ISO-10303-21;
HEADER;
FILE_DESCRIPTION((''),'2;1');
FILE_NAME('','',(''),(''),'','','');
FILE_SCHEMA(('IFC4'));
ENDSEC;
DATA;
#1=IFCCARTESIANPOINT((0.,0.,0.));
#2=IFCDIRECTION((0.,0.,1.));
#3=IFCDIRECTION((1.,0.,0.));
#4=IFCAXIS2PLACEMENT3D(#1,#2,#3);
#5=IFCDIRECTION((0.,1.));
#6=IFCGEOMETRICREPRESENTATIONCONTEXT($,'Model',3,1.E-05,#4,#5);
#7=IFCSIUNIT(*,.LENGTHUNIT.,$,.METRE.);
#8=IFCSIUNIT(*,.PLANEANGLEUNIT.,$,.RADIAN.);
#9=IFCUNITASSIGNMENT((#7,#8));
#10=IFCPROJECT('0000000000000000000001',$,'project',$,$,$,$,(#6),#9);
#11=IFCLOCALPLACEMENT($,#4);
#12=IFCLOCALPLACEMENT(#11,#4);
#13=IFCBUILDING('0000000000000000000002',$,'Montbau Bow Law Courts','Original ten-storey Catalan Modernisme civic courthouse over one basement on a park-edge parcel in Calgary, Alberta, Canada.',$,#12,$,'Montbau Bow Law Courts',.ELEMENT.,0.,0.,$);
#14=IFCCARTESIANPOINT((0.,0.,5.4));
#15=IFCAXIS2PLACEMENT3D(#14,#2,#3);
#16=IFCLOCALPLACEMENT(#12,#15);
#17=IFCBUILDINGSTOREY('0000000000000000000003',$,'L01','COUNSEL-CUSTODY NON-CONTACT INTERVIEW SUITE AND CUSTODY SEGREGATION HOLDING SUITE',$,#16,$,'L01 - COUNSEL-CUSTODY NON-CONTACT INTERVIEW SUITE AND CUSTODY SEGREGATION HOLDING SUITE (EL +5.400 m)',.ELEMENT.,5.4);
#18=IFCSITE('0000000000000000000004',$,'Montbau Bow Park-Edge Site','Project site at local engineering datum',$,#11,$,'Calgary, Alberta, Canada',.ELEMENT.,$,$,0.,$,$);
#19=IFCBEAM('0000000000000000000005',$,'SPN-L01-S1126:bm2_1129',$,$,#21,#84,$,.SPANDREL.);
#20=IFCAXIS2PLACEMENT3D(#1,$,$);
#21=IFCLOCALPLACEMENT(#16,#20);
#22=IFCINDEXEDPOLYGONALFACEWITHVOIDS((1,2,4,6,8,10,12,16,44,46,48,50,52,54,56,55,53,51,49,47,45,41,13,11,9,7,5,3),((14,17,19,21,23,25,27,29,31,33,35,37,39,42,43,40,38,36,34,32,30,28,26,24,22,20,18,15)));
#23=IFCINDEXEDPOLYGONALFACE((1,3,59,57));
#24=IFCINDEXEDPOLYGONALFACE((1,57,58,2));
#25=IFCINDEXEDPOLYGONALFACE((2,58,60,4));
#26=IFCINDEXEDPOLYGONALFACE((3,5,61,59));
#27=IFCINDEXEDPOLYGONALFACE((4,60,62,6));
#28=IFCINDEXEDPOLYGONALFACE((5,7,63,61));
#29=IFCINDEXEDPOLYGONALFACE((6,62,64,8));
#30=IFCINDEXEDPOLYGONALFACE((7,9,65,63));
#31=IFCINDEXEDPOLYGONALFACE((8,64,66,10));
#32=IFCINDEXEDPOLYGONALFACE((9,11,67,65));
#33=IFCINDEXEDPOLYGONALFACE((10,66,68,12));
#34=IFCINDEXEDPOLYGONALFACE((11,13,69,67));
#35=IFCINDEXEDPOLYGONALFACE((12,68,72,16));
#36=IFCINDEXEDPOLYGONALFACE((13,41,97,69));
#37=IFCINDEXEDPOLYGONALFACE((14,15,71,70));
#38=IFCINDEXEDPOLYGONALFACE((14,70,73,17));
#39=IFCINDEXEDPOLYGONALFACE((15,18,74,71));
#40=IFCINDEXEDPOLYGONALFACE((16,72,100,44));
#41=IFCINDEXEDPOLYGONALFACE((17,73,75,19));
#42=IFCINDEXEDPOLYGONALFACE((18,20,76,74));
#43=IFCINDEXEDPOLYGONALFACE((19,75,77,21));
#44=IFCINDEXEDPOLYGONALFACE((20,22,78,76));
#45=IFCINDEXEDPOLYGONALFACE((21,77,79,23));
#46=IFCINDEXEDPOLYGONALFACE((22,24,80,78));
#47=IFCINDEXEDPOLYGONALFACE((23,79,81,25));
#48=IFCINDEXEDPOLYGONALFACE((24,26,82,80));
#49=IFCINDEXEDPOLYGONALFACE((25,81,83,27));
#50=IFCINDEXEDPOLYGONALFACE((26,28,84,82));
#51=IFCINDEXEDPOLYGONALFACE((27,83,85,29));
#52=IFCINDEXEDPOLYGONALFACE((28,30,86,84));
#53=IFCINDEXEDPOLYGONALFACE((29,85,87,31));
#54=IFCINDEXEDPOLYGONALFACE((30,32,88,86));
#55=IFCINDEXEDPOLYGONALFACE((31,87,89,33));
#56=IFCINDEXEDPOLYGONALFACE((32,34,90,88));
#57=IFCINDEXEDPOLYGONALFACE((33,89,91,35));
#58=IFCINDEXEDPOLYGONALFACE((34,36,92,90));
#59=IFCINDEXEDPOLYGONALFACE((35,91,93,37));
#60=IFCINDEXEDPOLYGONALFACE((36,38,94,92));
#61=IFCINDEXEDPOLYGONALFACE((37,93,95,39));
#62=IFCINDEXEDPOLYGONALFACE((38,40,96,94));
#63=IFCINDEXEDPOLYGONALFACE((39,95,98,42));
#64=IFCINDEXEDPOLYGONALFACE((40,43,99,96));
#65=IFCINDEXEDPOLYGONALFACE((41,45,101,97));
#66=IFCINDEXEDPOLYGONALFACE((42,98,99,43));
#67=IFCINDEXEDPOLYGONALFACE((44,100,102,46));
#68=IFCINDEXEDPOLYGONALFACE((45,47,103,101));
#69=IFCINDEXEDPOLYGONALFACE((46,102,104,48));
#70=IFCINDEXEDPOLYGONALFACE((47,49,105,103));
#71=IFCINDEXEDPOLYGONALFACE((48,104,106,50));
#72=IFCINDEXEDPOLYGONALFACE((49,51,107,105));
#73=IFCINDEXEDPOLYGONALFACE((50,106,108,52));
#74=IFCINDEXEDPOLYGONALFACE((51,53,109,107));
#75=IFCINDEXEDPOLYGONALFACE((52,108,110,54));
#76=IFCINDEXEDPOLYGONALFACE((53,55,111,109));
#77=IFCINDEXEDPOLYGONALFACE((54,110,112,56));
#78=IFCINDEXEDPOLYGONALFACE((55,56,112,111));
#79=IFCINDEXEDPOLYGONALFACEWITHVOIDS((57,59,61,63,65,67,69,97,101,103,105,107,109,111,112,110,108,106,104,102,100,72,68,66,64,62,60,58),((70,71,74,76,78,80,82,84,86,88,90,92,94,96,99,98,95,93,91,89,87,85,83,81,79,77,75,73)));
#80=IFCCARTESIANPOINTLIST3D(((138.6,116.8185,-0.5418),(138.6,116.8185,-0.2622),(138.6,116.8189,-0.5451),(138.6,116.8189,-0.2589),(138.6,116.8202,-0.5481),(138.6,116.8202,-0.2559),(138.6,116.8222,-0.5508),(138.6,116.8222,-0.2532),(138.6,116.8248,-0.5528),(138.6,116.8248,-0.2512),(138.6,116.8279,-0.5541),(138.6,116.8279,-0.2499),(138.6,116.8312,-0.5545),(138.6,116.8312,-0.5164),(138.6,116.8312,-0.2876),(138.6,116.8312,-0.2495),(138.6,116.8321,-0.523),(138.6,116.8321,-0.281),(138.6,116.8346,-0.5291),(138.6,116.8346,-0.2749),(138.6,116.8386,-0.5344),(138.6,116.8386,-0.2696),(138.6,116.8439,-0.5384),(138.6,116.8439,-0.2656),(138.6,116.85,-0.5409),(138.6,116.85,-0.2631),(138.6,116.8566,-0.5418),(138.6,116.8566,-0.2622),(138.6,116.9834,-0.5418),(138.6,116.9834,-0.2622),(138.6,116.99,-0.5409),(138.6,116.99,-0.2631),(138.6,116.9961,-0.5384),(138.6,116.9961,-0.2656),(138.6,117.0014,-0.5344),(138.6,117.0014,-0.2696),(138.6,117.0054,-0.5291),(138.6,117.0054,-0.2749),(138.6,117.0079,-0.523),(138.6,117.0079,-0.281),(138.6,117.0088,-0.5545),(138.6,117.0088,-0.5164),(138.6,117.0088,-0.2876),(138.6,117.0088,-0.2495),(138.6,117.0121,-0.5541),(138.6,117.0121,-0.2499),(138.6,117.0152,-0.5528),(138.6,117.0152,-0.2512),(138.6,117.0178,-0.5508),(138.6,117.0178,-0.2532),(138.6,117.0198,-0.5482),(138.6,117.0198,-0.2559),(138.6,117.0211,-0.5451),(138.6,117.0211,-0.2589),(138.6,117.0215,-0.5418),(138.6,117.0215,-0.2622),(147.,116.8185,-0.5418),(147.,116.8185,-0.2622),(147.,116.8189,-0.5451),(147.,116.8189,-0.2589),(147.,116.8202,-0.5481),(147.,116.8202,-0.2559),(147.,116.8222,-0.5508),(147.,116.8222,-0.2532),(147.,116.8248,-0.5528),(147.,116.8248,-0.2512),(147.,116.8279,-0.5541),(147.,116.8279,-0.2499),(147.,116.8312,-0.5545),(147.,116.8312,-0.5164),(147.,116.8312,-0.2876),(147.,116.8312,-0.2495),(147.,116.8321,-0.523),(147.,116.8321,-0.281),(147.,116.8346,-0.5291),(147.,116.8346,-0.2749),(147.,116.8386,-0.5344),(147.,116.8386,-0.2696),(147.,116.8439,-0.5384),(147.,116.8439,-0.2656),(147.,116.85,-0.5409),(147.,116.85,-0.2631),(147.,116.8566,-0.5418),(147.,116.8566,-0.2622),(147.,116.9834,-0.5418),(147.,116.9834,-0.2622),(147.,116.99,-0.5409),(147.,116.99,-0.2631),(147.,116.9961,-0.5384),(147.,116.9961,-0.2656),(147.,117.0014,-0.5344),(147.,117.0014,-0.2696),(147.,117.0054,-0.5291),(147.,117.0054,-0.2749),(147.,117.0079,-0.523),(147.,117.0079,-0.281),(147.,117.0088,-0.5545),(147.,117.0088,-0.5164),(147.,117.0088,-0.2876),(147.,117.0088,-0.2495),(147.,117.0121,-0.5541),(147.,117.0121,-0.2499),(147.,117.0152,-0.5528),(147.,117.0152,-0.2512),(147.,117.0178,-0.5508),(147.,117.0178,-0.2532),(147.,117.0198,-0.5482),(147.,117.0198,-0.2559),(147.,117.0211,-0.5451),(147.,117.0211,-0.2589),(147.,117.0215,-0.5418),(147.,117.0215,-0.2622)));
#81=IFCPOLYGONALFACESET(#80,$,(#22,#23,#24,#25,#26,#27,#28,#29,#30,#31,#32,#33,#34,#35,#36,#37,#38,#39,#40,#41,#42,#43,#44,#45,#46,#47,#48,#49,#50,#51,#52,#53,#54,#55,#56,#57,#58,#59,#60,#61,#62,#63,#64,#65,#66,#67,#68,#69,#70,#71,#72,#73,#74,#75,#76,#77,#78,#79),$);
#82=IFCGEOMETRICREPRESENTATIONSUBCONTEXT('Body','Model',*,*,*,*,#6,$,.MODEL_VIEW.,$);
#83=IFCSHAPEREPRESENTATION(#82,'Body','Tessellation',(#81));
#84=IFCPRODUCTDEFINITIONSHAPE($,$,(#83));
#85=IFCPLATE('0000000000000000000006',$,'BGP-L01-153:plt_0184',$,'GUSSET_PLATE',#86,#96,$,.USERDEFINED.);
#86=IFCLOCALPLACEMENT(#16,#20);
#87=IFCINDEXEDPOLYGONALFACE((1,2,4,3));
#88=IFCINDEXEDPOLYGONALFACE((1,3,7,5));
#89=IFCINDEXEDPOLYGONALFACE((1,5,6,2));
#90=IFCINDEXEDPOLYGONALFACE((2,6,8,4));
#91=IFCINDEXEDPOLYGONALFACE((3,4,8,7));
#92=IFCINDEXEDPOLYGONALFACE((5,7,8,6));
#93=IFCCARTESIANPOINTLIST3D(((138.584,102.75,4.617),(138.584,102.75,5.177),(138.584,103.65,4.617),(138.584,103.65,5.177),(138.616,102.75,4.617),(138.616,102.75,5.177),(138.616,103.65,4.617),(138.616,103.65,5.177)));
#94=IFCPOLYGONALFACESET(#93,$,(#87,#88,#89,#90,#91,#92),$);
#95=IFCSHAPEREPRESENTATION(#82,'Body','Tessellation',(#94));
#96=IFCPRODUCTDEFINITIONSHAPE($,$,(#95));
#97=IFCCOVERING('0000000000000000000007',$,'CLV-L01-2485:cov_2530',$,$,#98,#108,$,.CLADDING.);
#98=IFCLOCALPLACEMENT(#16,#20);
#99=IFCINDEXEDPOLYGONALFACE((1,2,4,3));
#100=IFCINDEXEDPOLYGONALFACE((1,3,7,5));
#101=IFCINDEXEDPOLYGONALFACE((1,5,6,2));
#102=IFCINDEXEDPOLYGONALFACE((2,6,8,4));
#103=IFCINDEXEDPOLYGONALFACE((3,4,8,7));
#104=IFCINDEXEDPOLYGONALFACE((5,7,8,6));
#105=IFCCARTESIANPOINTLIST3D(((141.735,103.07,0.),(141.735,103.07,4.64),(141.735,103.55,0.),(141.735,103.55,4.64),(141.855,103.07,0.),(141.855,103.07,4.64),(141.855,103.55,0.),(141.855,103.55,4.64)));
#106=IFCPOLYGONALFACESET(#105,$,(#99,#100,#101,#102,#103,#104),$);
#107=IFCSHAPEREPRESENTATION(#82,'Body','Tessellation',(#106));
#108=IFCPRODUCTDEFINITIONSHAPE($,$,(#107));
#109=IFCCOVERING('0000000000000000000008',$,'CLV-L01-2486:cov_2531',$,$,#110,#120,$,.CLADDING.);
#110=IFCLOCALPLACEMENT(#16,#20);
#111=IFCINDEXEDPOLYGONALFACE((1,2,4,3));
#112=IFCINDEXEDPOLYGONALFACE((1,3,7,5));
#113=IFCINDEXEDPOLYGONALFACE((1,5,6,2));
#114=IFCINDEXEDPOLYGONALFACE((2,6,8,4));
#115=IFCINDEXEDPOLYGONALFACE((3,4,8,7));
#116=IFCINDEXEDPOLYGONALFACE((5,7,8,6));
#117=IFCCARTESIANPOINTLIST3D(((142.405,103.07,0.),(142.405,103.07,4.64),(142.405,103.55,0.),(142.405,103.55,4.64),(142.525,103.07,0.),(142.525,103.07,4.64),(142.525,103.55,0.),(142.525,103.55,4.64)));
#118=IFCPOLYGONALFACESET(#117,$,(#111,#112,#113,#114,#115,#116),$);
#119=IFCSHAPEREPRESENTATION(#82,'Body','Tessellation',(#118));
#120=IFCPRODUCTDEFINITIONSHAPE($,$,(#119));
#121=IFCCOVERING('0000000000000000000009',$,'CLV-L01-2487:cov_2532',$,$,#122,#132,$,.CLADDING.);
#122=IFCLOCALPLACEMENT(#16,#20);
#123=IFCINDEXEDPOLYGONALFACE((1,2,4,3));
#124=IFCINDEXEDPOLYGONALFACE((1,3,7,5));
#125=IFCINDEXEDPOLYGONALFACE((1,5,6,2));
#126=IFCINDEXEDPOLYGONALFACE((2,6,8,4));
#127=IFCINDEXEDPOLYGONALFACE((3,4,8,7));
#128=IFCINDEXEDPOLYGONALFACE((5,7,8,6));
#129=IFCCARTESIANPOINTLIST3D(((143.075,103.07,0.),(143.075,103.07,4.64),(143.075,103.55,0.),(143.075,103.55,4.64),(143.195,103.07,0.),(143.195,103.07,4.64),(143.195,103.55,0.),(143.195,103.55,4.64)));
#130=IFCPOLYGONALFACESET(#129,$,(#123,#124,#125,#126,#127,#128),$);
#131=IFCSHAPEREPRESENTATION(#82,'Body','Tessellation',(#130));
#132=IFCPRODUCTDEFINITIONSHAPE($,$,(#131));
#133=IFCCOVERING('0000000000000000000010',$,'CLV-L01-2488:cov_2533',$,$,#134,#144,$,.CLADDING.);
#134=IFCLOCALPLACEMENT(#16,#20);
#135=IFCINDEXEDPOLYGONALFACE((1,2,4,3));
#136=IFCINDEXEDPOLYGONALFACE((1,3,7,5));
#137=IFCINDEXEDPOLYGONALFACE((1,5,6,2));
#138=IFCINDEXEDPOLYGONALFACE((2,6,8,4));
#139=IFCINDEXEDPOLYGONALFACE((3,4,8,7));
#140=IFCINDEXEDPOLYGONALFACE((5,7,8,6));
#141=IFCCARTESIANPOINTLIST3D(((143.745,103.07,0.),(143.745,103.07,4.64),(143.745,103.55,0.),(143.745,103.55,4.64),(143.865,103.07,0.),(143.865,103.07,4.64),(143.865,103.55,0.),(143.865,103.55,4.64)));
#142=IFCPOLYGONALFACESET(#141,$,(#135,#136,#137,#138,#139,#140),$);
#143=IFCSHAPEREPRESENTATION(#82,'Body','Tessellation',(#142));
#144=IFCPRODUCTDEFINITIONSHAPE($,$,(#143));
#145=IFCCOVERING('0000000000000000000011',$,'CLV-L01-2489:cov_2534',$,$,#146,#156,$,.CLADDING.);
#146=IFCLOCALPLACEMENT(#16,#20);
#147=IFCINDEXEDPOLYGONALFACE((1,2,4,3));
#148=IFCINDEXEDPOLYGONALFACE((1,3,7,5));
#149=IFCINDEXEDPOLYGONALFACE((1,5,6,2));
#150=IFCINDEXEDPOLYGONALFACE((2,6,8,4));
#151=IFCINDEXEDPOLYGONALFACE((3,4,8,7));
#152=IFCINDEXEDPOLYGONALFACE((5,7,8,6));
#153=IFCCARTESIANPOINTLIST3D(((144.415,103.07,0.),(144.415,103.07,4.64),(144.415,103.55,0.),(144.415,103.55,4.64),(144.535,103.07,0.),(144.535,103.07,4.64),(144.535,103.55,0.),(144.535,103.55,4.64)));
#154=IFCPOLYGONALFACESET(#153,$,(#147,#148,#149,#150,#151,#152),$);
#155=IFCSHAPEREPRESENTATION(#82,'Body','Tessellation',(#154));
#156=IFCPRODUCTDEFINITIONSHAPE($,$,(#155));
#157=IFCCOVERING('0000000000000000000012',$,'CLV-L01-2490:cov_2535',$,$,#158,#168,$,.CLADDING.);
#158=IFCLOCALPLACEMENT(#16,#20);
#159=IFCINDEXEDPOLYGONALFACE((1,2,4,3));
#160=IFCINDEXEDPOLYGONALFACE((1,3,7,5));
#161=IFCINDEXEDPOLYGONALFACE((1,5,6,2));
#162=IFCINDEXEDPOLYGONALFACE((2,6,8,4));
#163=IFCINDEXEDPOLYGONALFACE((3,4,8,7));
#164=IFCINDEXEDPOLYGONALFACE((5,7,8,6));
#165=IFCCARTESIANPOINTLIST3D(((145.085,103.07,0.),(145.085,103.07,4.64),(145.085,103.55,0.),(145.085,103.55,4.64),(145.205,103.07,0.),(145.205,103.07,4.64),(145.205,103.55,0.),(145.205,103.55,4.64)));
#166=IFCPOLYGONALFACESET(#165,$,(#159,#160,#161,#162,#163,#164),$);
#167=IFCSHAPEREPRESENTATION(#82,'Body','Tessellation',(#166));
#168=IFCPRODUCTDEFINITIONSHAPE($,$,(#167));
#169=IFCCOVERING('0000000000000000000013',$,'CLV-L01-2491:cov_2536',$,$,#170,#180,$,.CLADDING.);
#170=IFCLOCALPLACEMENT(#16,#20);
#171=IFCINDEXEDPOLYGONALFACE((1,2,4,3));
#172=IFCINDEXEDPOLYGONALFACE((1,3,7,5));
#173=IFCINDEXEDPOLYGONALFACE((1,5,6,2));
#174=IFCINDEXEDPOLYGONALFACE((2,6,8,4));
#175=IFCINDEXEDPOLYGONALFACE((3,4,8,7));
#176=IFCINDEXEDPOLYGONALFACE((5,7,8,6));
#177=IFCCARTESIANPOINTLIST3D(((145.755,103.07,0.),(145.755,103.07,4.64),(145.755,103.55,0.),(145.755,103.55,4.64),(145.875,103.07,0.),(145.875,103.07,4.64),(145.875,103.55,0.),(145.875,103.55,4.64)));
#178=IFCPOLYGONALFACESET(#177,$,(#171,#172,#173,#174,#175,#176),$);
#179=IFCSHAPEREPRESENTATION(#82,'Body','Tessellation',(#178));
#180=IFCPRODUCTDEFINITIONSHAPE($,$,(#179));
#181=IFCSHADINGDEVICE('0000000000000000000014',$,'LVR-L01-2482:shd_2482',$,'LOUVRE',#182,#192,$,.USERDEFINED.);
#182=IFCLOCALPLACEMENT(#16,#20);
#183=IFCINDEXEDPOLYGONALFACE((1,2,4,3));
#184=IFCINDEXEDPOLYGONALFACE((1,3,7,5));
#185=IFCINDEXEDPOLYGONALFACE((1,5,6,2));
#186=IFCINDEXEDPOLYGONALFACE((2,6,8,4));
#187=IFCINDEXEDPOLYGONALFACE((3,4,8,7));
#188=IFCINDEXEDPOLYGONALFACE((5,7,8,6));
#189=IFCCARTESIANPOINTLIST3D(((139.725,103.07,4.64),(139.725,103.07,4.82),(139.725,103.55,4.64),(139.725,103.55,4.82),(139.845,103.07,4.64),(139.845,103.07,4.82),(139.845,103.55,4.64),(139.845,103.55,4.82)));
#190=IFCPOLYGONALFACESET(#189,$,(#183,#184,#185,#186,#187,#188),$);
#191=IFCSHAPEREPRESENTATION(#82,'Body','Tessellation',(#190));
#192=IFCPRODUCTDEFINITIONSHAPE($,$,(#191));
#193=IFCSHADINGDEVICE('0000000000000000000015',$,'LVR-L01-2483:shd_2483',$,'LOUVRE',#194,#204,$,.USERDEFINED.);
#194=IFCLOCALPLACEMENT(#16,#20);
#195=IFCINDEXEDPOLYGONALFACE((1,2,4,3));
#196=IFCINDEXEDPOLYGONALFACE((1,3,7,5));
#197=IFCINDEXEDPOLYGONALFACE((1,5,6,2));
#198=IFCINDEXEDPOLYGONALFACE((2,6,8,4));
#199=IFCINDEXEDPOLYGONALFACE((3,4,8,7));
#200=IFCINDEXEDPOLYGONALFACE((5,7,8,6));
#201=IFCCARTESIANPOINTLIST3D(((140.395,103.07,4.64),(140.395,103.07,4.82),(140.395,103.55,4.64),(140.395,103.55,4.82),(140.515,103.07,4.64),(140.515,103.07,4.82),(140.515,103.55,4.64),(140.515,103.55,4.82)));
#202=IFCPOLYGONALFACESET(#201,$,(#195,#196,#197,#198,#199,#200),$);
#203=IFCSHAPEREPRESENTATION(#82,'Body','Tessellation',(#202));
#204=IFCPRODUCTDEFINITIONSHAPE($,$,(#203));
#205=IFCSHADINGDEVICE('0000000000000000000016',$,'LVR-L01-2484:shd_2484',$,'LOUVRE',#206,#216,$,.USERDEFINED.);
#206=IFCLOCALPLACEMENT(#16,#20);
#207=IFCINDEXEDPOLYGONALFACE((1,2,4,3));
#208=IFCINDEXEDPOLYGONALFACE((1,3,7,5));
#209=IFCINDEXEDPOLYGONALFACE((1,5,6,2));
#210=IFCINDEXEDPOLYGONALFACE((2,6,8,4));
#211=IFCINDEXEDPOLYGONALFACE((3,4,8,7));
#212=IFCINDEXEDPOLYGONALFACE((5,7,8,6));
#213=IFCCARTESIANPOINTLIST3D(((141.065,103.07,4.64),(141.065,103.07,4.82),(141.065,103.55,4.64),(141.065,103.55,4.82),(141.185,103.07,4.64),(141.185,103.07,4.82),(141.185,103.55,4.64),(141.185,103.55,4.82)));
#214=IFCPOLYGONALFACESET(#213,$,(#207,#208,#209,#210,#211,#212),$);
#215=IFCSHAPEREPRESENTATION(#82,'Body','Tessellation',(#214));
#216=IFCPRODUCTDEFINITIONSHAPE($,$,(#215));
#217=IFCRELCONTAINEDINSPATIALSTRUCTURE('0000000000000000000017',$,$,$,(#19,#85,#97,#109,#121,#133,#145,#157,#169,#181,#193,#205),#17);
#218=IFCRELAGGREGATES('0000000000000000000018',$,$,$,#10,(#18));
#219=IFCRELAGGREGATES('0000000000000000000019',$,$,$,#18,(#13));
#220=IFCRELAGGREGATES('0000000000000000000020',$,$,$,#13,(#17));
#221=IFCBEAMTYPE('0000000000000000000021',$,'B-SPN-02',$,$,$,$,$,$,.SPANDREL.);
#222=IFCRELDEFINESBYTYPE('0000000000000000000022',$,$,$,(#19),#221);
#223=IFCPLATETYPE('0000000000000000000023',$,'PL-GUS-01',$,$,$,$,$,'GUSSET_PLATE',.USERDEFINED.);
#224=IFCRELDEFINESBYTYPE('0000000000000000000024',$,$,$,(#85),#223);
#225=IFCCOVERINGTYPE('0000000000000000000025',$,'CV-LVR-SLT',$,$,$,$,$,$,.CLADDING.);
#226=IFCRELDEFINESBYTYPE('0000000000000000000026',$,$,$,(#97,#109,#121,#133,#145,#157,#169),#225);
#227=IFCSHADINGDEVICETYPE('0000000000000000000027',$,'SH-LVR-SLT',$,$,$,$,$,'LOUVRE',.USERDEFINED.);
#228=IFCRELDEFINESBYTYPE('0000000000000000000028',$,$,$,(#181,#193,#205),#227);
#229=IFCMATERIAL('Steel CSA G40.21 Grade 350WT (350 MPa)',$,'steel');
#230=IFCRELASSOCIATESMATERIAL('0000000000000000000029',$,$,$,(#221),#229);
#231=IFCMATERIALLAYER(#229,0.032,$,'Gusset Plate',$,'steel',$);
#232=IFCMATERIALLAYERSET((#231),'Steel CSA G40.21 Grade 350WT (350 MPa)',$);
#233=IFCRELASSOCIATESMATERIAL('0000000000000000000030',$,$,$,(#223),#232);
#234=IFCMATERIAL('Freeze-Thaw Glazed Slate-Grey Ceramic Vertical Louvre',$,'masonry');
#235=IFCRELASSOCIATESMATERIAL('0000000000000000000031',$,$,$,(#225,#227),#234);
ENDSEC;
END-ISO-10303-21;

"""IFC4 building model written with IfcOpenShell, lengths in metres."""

from ifc_helpers import new_model, si_unit, direction, frame, frame_2d, origin_with_axes, origin_2d_with_axis, place, context, subcontext, project, spatial, rectangle, hollow_rectangle, extrude, material, layer, layer_set, material_profile, profile_set, type_object, element, save


model = new_model("IFC4")

# Units and contexts
model_context = context("Model", 3, precision=1e-05, world=origin_with_axes(), true_north=direction((0.0, 1.0)))
body_context = subcontext(model_context, "Body", "Model", "MODEL_VIEW")
ifc_project = project(units=[si_unit("LENGTHUNIT", "METRE"), si_unit("PLANEANGLEUNIT", "RADIAN")], contexts=[model_context])

# Site, building, storey
site_placement = place(None, origin_with_axes())
site = spatial("IfcSite", under=ifc_project, at=site_placement, Name="Montbau Bow Park-Edge Site", Description="Project site at local engineering datum", LongName="Calgary, Alberta, Canada", CompositionType="ELEMENT", RefElevation=0.0)
building_placement = place(site_placement, origin_with_axes())
building = spatial("IfcBuilding", under=site, at=building_placement, Name="Montbau Bow Law Courts", Description="Original ten-storey Catalan Modernisme civic courthouse over one basement on a park-edge parcel in Calgary, Alberta, Canada.", LongName="Montbau Bow Law Courts", CompositionType="ELEMENT", ElevationOfRefHeight=0.0, ElevationOfTerrain=0.0)
storey_placement = place(building_placement, frame((0.0, 0.0, 5.4), z_axis=(0.0, 0.0, 1.0), x_axis=(1.0, 0.0, 0.0)))
storey = spatial("IfcBuildingStorey", under=building, at=storey_placement, Name="L01", Description="COUNSEL-CUSTODY NON-CONTACT INTERVIEW SUITE AND CUSTODY SEGREGATION HOLDING SUITE", LongName="L01 - COUNSEL-CUSTODY NON-CONTACT INTERVIEW SUITE AND CUSTODY SEGREGATION HOLDING SUITE (EL +5.400 m)", CompositionType="ELEMENT", Elevation=5.4)

# Beam
ifc_material_1 = material(Name="Steel CSA G40.21 Grade 350WT (350 MPa)", Category="steel")
ifc_material_profile_1 = material_profile(ifc_material_1, hollow_rectangle(XDim=0.203, YDim=0.305, WallThickness=0.0127, InnerFilletRadius=0.0254, OuterFilletRadius=0.0127, at=origin_2d_with_axis()), Name="HSS305X203X13", Category="Main", Priority=0)
ifc_profile_set_1 = profile_set([ifc_material_profile_1], Name="Steel CSA G40.21 Grade 350WT (350 MPa)")
beam_type_1 = type_object("IfcBeamType", Name="B-SPN-02", PredefinedType="SPANDREL", material=ifc_profile_set_1)
beam_1_placement = place(None, frame((138.6, 116.92, 4.998), z_axis=(1.0, 0.0, 0.0), x_axis=(0.0, 1.0, 0.0)))
element("IfcBeam", 1, at=beam_1_placement, inside=storey, type_object=beam_type_1, Name="SPN-L01-S1126:bm2_1129", PredefinedType="SPANDREL", context=body_context, shape_type="SweptSolid", body=[
    extrude(hollow_rectangle(XDim=0.203, YDim=0.305, WallThickness=0.0127, InnerFilletRadius=0.0254, OuterFilletRadius=0.0127, at=origin_2d_with_axis()), origin_with_axes(), (0.0, 0.0, 1.0), 8.4),
])

# Plate
ifc_layer = layer(ifc_material_1, 0.032, Name="Gusset Plate", Category="steel")
ifc_layer_set = layer_set([ifc_layer], Name="Steel CSA G40.21 Grade 350WT (350 MPa)")
plate_type = type_object("IfcPlateType", Name="PL-GUS-01", ElementType="GUSSET_PLATE", PredefinedType="USERDEFINED", material=ifc_layer_set)
plate_placement = place(None, frame((138.6, 103.2, 10.017), z_axis=(0.0, 0.0, 1.0), x_axis=(0.0, 1.0, 0.0)))
element("IfcPlate", 2, at=plate_placement, inside=storey, type_object=plate_type, Name="BGP-L01-153:plt_0184", ObjectType="GUSSET_PLATE", PredefinedType="USERDEFINED", context=body_context, shape_type="SweptSolid", body=[
    extrude(rectangle(XDim=0.9, YDim=0.032, at=origin_2d_with_axis()), origin_with_axes(), (0.0, 0.0, 1.0), 0.56),
])

# Coverings
ifc_material_2 = material(Name="Freeze-Thaw Glazed Slate-Grey Ceramic Vertical Louvre", Category="masonry")
covering_type = type_object("IfcCoveringType", Name="CV-LVR-SLT", PredefinedType="CLADDING", material=ifc_material_2)
for number, where, z_axis, x_axis, name in (
    (3, (141.795, 103.07, 5.4), (1.0, 0.0, 0.0), (0.0, 1.0, 0.0), "CLV-L01-2485:cov_2530"),
    (4, (142.465, 103.07, 5.4), (1.0, 0.0, 0.0), (0.0, 1.0, 0.0), "CLV-L01-2486:cov_2531"),
    (5, (143.135, 103.07, 5.4), (1.0, 0.0, 0.0), (0.0, 1.0, 0.0), "CLV-L01-2487:cov_2532"),
    (6, (143.805, 103.07, 5.4), (1.0, 0.0, 0.0), (0.0, 1.0, 0.0), "CLV-L01-2488:cov_2533"),
    (7, (144.475, 103.07, 5.4), (1.0, 0.0, 0.0), (0.0, 1.0, 0.0), "CLV-L01-2489:cov_2534"),
    (8, (145.145, 103.07, 5.4), (1.0, 0.0, 0.0), (0.0, 1.0, 0.0), "CLV-L01-2490:cov_2535"),
    (9, (145.815, 103.07, 5.4), (1.0, 0.0, 0.0), (0.0, 1.0, 0.0), "CLV-L01-2491:cov_2536"),
):
    element("IfcCovering", number, at=place(None, frame(where, z_axis=z_axis, x_axis=x_axis)), inside=storey, type_object=covering_type, Name=name, PredefinedType="CLADDING", context=body_context, shape_type="SweptSolid", body=[
        extrude(rectangle(XDim=0.48, YDim=4.64, at=frame_2d((0.24, 2.32), x_axis=(1.0, 0.0))), frame((0.0, 0.0, -0.06), z_axis=(0.0, 0.0, 1.0), x_axis=(1.0, 0.0, 0.0)), (0.0, 0.0, 1.0), 0.12),
    ])

# Shading devices
shading_device_type = type_object("IfcShadingDeviceType", Name="SH-LVR-SLT", ElementType="LOUVRE", PredefinedType="USERDEFINED", material=ifc_material_2)
for number, where, z_axis, x_axis, name in (
    (10, (139.785, 103.31, 10.04), (0.0, 0.0, 1.0), (0.0, 1.0, 0.0), "LVR-L01-2482:shd_2482"),
    (11, (140.455, 103.31, 10.04), (0.0, 0.0, 1.0), (0.0, 1.0, 0.0), "LVR-L01-2483:shd_2483"),
    (12, (141.125, 103.31, 10.04), (0.0, 0.0, 1.0), (0.0, 1.0, 0.0), "LVR-L01-2484:shd_2484"),
):
    element("IfcShadingDevice", number, at=place(None, frame(where, z_axis=z_axis, x_axis=x_axis)), inside=storey, type_object=shading_device_type, Name=name, ObjectType="LOUVRE", PredefinedType="USERDEFINED", context=body_context, shape_type="SweptSolid", body=[
        extrude(rectangle(XDim=0.48, YDim=0.12, at=origin_2d_with_axis()), origin_with_axes(), (0.0, 0.0, 1.0), 0.18),
    ])

save(model, "model.ifc")
